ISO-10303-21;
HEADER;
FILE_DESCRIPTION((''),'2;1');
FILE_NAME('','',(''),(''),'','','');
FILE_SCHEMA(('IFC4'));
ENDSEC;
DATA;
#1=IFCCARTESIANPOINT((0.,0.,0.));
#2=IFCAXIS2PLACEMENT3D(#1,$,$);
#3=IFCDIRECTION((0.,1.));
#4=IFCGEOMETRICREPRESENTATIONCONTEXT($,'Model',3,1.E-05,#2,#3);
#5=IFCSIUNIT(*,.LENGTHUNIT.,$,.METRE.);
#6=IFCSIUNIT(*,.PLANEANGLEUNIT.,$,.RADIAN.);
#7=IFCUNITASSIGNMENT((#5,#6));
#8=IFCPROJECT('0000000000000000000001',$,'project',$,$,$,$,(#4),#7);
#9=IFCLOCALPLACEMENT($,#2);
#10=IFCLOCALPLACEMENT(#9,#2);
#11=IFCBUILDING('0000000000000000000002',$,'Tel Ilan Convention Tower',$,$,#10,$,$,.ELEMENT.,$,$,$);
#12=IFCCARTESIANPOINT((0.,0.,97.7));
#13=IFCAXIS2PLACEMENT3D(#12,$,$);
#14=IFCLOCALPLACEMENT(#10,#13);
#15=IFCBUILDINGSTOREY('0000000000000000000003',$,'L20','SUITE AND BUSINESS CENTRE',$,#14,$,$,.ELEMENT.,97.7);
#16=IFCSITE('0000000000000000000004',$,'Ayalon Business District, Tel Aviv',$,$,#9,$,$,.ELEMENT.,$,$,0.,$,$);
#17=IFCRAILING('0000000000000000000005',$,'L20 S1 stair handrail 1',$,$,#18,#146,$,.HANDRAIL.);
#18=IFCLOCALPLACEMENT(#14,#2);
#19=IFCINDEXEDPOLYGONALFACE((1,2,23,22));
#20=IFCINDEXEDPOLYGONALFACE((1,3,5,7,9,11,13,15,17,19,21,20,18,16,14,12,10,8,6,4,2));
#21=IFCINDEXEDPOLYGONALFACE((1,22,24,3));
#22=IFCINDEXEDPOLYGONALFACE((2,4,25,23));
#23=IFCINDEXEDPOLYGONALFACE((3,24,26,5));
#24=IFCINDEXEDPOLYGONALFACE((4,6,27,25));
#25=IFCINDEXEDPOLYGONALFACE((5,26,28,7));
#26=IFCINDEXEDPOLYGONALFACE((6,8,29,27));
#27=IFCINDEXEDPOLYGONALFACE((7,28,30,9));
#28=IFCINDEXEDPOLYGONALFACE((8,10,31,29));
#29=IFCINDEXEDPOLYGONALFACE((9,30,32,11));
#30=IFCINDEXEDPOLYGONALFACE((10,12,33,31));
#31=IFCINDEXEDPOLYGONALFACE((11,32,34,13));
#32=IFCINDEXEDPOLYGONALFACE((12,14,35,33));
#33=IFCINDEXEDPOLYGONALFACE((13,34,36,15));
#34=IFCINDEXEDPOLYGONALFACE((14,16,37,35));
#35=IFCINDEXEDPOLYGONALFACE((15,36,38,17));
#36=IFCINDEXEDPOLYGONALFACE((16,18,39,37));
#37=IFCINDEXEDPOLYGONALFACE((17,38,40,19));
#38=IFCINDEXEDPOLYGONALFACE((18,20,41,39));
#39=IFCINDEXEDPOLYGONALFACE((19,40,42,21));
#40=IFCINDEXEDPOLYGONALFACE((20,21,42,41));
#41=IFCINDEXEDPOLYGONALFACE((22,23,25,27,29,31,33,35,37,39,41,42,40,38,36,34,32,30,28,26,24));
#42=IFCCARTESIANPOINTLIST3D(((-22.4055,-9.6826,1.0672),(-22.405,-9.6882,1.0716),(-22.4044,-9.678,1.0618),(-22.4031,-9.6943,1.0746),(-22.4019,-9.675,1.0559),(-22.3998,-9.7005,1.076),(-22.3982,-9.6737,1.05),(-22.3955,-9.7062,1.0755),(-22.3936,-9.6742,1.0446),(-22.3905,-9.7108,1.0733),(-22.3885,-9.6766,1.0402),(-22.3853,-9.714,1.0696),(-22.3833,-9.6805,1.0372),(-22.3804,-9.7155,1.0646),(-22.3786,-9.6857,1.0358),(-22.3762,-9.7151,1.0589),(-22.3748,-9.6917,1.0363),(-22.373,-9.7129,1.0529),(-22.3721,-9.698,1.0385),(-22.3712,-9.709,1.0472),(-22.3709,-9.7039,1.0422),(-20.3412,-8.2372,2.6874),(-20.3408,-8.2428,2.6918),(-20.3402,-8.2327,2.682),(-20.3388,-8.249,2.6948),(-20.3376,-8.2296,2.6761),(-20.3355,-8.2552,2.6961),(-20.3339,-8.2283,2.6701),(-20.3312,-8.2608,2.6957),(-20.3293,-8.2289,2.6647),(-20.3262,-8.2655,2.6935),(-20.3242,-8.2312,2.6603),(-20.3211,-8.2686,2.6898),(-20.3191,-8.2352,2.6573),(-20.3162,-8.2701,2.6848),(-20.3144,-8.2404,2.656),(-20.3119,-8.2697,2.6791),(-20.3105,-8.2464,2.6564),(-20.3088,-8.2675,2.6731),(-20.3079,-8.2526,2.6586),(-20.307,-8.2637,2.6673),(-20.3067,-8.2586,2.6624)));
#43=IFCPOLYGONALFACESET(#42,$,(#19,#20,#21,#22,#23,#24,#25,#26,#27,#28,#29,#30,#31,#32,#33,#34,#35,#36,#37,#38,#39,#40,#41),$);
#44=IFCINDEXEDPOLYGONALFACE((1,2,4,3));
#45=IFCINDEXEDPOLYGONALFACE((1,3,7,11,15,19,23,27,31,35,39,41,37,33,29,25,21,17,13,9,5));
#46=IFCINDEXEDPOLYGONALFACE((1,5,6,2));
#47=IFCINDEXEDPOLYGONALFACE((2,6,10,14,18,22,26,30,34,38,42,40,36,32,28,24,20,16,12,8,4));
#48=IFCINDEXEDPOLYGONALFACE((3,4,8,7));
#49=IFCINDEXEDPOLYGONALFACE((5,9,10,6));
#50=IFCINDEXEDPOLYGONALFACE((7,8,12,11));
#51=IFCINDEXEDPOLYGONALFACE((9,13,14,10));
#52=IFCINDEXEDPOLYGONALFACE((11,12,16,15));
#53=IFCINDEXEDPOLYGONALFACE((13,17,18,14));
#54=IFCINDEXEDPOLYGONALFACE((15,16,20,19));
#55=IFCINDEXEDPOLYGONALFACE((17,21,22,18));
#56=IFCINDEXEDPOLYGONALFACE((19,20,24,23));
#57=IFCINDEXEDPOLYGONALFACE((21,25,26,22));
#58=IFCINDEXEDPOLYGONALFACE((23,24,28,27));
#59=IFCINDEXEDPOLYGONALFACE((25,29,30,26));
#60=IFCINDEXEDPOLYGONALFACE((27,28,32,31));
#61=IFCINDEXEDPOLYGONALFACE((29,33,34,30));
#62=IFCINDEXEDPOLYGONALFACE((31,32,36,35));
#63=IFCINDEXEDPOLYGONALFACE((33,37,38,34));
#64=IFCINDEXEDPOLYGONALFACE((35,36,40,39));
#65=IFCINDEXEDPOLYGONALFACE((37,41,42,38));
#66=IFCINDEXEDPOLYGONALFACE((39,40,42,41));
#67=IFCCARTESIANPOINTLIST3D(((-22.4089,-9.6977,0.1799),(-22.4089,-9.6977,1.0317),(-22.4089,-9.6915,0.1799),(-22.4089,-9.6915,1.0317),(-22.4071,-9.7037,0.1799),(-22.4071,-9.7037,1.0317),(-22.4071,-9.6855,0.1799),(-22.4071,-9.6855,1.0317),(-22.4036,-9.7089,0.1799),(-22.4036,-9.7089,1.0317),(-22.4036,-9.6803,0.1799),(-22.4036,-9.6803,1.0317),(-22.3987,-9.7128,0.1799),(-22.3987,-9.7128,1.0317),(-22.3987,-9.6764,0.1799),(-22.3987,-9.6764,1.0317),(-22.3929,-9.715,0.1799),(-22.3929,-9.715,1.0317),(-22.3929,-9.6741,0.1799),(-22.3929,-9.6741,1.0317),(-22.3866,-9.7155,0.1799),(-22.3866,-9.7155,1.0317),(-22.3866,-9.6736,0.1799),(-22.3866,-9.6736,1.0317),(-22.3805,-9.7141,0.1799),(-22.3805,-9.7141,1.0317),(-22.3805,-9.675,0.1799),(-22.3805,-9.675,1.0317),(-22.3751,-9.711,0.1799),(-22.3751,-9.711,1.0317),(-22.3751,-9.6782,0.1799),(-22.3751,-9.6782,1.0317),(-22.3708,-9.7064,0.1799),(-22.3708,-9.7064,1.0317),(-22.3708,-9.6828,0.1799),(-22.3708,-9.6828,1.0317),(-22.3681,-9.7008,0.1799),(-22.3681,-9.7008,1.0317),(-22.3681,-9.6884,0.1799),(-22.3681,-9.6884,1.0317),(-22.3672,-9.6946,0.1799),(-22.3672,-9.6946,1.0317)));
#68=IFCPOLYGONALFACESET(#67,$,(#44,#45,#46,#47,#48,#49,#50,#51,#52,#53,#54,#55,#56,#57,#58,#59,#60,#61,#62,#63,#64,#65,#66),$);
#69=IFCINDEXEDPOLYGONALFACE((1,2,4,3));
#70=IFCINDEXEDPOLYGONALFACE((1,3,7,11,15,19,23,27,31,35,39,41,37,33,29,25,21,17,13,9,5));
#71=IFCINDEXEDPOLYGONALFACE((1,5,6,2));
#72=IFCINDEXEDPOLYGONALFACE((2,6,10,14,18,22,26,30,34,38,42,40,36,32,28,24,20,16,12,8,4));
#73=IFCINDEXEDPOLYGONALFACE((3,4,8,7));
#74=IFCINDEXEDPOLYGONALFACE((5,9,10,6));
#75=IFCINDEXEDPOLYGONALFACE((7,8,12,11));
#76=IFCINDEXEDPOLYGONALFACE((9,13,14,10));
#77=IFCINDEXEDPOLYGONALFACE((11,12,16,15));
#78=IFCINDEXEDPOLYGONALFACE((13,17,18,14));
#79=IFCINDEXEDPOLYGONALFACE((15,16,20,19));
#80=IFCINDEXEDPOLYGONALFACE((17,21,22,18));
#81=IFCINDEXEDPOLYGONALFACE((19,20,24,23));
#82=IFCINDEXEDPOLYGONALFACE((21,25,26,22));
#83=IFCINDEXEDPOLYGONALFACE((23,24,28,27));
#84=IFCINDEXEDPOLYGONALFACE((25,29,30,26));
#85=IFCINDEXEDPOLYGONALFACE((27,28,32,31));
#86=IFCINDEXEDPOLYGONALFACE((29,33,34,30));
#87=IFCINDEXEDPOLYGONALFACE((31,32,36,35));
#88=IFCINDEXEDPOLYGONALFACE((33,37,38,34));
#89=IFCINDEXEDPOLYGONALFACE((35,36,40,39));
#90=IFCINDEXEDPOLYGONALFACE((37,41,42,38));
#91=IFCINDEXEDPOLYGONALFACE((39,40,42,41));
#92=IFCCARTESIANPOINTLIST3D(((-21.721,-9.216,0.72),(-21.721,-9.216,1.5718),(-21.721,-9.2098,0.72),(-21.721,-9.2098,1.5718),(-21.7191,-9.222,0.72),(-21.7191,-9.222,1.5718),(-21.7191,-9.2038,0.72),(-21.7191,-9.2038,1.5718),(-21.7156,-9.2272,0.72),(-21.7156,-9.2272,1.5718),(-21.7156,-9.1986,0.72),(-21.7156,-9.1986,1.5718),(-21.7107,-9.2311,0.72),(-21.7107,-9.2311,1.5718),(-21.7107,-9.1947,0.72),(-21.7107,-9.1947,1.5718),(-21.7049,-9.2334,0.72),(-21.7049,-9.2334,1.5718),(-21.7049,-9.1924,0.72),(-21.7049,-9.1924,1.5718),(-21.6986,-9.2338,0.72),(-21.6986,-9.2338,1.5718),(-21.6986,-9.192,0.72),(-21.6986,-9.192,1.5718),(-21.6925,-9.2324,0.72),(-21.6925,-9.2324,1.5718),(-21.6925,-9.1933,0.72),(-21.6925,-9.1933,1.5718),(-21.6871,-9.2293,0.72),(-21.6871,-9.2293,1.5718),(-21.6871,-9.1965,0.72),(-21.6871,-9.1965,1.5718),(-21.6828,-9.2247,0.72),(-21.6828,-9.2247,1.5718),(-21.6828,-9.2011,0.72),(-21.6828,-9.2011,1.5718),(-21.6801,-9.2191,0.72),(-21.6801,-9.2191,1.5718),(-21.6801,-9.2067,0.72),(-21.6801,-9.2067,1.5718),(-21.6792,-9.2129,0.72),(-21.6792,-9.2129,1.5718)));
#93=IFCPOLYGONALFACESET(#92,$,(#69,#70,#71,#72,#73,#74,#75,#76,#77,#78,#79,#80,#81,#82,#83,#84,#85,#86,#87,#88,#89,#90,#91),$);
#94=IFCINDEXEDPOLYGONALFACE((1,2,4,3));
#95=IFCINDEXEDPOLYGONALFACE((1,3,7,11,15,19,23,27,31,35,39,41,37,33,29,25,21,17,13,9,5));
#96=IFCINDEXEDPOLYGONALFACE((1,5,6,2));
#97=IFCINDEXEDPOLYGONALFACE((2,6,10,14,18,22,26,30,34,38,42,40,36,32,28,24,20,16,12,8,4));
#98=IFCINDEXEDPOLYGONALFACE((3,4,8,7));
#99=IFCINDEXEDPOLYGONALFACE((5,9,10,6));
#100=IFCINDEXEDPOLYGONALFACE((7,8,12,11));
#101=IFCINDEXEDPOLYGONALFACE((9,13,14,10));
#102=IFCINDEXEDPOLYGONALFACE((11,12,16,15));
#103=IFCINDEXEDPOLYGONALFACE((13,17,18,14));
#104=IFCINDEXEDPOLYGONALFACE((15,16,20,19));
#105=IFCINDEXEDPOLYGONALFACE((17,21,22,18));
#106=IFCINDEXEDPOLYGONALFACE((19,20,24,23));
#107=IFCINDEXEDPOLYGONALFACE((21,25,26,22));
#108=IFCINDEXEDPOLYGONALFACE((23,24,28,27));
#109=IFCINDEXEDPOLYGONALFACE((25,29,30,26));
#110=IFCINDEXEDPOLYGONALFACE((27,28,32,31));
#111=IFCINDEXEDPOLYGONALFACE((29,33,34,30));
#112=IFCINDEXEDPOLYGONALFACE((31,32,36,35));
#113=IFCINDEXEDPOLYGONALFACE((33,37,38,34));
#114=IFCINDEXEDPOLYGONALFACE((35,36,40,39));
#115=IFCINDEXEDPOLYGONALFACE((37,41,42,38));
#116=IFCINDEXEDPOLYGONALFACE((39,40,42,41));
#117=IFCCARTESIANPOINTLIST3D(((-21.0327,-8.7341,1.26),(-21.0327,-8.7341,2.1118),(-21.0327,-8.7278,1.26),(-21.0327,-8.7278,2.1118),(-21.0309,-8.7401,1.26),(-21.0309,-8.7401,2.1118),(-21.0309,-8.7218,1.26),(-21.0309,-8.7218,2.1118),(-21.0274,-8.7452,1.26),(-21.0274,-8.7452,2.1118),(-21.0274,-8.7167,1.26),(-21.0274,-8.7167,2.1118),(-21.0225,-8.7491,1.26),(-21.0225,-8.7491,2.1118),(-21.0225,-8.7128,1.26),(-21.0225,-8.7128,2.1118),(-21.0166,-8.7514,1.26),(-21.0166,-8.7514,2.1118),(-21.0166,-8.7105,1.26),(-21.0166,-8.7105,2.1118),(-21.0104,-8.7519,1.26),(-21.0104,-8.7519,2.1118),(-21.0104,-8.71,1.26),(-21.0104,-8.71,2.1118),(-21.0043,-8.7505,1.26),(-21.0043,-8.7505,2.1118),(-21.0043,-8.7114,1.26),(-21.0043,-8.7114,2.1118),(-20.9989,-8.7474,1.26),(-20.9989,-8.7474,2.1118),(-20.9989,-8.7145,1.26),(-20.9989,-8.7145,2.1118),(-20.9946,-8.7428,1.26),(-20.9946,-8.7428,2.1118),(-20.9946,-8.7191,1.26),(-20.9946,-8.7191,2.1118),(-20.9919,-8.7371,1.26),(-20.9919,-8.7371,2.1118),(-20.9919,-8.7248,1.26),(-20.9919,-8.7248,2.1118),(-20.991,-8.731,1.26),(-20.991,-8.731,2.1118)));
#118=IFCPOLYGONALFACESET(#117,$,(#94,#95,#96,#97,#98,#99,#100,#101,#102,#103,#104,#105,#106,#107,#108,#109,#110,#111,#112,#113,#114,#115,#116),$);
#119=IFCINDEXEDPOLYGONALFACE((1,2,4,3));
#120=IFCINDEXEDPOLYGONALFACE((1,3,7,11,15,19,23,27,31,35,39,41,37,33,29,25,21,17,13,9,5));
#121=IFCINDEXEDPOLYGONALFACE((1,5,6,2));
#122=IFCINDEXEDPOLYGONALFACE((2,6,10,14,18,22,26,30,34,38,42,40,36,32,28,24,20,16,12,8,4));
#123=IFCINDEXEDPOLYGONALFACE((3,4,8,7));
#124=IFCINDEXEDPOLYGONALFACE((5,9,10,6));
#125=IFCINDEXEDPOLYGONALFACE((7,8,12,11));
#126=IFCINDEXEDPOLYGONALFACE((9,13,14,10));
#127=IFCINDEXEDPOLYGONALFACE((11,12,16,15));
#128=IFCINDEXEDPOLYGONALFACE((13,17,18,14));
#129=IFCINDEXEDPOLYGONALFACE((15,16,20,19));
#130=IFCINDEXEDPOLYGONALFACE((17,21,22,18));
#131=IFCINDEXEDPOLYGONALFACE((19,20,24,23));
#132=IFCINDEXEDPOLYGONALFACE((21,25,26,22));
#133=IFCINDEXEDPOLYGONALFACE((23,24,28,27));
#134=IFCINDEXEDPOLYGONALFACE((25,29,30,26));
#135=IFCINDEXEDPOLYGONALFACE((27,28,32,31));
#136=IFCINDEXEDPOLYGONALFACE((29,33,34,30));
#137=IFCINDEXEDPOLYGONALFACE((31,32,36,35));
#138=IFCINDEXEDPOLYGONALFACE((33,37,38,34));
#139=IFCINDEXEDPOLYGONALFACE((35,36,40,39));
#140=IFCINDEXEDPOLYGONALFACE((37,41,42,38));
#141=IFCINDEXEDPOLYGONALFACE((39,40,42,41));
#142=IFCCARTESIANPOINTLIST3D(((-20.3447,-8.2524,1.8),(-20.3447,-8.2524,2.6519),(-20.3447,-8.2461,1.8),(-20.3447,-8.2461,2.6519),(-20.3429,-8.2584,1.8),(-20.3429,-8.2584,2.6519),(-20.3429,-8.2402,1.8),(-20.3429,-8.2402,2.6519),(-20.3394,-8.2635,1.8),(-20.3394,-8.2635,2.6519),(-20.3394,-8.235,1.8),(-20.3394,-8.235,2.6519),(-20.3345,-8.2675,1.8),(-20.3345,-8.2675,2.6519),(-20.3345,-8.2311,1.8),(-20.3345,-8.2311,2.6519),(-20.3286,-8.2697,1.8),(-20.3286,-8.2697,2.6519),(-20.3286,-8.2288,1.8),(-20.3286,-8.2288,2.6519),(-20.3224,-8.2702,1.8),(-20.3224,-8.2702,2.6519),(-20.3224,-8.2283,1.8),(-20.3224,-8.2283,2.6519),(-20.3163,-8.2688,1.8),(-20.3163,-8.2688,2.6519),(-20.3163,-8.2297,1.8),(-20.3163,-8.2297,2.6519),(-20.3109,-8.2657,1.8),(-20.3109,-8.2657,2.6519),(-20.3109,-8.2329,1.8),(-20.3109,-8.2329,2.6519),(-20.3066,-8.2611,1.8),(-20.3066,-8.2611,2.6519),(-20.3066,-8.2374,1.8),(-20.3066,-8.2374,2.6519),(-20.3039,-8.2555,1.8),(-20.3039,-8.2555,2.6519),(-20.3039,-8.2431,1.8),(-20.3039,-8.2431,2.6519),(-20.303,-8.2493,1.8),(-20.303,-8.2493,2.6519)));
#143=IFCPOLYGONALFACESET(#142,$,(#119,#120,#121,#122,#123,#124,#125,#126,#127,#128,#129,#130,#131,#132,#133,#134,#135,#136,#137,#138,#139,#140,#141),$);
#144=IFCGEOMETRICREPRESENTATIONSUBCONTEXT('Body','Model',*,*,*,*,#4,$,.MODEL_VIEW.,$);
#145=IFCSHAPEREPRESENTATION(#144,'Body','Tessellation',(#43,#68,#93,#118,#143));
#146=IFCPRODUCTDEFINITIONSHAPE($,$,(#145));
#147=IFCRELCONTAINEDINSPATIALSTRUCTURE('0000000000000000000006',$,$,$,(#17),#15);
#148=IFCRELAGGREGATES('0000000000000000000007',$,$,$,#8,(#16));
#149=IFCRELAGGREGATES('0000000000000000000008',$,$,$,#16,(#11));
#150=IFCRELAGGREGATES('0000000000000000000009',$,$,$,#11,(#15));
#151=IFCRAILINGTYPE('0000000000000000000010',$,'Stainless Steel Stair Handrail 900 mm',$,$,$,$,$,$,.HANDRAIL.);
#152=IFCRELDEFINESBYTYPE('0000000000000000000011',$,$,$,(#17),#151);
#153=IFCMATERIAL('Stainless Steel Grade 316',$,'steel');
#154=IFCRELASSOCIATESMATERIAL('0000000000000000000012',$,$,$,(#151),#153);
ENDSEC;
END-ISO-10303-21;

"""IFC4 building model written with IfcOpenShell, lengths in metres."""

from ifc_helpers import new_model, si_unit, direction, frame, origin, origin_2d, place, context, subcontext, project, spatial, circle, extrude, material, type_object, element, save


model = new_model("IFC4")

# Units and contexts
model_context = context("Model", 3, precision=1e-05, world=origin(), true_north=direction((0.0, 1.0)))
body_context = subcontext(model_context, "Body", "Model", "MODEL_VIEW")
ifc_project = project(units=[si_unit("LENGTHUNIT", "METRE"), si_unit("PLANEANGLEUNIT", "RADIAN")], contexts=[model_context])

# Site, building, storey
site_placement = place(None, origin())
site = spatial("IfcSite", under=ifc_project, at=site_placement, Name="Ayalon Business District, Tel Aviv", CompositionType="ELEMENT", RefElevation=0.0)
building_placement = place(site_placement, origin())
building = spatial("IfcBuilding", under=site, at=building_placement, Name="Tel Ilan Convention Tower", CompositionType="ELEMENT")
storey_placement = place(building_placement, frame((0.0, 0.0, 97.7)))
storey = spatial("IfcBuildingStorey", under=building, at=storey_placement, Name="L20", Description="SUITE AND BUSINESS CENTRE", CompositionType="ELEMENT", Elevation=97.7)

# Railing
ifc_material_1 = material(Name="Stainless Steel Grade 316", Category="steel")
railing_type_1 = type_object("IfcRailingType", Name="Stainless Steel Stair Handrail 900 mm", PredefinedType="HANDRAIL", material=ifc_material_1)
railing_1_placement = place(storey_placement, frame((-22.3882, -9.6946, 0.1799)))
element("IfcRailing", 1, at=railing_1_placement, inside=storey, type_object=railing_type_1, Name="L20 S1 stair handrail 1", PredefinedType="HANDRAIL", context=body_context, shape_type="SweptSolid", body=[
    extrude(circle(Radius=0.0239, at=origin_2d()), frame((0.0, 0.0, 0.876), z_axis=(0.68904, 0.48245, 0.540801), x_axis=(-0.57356, 0.819164, 0.0)), (0.0, 0.0, 1.0), 2.9958),
    extrude(circle(Radius=0.021, at=origin_2d()), origin(), (0.0, 0.0, 1.0), 0.8518),
    extrude(circle(Radius=0.021, at=origin_2d()), frame((0.688, 0.4817, 0.54)), (0.0, 0.0, 1.0), 0.8518),
    extrude(circle(Radius=0.021, at=origin_2d()), frame((1.3762, 0.9636, 1.0801)), (0.0, 0.0, 1.0), 0.8518),
    extrude(circle(Radius=0.021, at=origin_2d()), frame((2.0642, 1.4453, 1.6201)), (0.0, 0.0, 1.0), 0.8518),
])

save(model, "model.ifc")
